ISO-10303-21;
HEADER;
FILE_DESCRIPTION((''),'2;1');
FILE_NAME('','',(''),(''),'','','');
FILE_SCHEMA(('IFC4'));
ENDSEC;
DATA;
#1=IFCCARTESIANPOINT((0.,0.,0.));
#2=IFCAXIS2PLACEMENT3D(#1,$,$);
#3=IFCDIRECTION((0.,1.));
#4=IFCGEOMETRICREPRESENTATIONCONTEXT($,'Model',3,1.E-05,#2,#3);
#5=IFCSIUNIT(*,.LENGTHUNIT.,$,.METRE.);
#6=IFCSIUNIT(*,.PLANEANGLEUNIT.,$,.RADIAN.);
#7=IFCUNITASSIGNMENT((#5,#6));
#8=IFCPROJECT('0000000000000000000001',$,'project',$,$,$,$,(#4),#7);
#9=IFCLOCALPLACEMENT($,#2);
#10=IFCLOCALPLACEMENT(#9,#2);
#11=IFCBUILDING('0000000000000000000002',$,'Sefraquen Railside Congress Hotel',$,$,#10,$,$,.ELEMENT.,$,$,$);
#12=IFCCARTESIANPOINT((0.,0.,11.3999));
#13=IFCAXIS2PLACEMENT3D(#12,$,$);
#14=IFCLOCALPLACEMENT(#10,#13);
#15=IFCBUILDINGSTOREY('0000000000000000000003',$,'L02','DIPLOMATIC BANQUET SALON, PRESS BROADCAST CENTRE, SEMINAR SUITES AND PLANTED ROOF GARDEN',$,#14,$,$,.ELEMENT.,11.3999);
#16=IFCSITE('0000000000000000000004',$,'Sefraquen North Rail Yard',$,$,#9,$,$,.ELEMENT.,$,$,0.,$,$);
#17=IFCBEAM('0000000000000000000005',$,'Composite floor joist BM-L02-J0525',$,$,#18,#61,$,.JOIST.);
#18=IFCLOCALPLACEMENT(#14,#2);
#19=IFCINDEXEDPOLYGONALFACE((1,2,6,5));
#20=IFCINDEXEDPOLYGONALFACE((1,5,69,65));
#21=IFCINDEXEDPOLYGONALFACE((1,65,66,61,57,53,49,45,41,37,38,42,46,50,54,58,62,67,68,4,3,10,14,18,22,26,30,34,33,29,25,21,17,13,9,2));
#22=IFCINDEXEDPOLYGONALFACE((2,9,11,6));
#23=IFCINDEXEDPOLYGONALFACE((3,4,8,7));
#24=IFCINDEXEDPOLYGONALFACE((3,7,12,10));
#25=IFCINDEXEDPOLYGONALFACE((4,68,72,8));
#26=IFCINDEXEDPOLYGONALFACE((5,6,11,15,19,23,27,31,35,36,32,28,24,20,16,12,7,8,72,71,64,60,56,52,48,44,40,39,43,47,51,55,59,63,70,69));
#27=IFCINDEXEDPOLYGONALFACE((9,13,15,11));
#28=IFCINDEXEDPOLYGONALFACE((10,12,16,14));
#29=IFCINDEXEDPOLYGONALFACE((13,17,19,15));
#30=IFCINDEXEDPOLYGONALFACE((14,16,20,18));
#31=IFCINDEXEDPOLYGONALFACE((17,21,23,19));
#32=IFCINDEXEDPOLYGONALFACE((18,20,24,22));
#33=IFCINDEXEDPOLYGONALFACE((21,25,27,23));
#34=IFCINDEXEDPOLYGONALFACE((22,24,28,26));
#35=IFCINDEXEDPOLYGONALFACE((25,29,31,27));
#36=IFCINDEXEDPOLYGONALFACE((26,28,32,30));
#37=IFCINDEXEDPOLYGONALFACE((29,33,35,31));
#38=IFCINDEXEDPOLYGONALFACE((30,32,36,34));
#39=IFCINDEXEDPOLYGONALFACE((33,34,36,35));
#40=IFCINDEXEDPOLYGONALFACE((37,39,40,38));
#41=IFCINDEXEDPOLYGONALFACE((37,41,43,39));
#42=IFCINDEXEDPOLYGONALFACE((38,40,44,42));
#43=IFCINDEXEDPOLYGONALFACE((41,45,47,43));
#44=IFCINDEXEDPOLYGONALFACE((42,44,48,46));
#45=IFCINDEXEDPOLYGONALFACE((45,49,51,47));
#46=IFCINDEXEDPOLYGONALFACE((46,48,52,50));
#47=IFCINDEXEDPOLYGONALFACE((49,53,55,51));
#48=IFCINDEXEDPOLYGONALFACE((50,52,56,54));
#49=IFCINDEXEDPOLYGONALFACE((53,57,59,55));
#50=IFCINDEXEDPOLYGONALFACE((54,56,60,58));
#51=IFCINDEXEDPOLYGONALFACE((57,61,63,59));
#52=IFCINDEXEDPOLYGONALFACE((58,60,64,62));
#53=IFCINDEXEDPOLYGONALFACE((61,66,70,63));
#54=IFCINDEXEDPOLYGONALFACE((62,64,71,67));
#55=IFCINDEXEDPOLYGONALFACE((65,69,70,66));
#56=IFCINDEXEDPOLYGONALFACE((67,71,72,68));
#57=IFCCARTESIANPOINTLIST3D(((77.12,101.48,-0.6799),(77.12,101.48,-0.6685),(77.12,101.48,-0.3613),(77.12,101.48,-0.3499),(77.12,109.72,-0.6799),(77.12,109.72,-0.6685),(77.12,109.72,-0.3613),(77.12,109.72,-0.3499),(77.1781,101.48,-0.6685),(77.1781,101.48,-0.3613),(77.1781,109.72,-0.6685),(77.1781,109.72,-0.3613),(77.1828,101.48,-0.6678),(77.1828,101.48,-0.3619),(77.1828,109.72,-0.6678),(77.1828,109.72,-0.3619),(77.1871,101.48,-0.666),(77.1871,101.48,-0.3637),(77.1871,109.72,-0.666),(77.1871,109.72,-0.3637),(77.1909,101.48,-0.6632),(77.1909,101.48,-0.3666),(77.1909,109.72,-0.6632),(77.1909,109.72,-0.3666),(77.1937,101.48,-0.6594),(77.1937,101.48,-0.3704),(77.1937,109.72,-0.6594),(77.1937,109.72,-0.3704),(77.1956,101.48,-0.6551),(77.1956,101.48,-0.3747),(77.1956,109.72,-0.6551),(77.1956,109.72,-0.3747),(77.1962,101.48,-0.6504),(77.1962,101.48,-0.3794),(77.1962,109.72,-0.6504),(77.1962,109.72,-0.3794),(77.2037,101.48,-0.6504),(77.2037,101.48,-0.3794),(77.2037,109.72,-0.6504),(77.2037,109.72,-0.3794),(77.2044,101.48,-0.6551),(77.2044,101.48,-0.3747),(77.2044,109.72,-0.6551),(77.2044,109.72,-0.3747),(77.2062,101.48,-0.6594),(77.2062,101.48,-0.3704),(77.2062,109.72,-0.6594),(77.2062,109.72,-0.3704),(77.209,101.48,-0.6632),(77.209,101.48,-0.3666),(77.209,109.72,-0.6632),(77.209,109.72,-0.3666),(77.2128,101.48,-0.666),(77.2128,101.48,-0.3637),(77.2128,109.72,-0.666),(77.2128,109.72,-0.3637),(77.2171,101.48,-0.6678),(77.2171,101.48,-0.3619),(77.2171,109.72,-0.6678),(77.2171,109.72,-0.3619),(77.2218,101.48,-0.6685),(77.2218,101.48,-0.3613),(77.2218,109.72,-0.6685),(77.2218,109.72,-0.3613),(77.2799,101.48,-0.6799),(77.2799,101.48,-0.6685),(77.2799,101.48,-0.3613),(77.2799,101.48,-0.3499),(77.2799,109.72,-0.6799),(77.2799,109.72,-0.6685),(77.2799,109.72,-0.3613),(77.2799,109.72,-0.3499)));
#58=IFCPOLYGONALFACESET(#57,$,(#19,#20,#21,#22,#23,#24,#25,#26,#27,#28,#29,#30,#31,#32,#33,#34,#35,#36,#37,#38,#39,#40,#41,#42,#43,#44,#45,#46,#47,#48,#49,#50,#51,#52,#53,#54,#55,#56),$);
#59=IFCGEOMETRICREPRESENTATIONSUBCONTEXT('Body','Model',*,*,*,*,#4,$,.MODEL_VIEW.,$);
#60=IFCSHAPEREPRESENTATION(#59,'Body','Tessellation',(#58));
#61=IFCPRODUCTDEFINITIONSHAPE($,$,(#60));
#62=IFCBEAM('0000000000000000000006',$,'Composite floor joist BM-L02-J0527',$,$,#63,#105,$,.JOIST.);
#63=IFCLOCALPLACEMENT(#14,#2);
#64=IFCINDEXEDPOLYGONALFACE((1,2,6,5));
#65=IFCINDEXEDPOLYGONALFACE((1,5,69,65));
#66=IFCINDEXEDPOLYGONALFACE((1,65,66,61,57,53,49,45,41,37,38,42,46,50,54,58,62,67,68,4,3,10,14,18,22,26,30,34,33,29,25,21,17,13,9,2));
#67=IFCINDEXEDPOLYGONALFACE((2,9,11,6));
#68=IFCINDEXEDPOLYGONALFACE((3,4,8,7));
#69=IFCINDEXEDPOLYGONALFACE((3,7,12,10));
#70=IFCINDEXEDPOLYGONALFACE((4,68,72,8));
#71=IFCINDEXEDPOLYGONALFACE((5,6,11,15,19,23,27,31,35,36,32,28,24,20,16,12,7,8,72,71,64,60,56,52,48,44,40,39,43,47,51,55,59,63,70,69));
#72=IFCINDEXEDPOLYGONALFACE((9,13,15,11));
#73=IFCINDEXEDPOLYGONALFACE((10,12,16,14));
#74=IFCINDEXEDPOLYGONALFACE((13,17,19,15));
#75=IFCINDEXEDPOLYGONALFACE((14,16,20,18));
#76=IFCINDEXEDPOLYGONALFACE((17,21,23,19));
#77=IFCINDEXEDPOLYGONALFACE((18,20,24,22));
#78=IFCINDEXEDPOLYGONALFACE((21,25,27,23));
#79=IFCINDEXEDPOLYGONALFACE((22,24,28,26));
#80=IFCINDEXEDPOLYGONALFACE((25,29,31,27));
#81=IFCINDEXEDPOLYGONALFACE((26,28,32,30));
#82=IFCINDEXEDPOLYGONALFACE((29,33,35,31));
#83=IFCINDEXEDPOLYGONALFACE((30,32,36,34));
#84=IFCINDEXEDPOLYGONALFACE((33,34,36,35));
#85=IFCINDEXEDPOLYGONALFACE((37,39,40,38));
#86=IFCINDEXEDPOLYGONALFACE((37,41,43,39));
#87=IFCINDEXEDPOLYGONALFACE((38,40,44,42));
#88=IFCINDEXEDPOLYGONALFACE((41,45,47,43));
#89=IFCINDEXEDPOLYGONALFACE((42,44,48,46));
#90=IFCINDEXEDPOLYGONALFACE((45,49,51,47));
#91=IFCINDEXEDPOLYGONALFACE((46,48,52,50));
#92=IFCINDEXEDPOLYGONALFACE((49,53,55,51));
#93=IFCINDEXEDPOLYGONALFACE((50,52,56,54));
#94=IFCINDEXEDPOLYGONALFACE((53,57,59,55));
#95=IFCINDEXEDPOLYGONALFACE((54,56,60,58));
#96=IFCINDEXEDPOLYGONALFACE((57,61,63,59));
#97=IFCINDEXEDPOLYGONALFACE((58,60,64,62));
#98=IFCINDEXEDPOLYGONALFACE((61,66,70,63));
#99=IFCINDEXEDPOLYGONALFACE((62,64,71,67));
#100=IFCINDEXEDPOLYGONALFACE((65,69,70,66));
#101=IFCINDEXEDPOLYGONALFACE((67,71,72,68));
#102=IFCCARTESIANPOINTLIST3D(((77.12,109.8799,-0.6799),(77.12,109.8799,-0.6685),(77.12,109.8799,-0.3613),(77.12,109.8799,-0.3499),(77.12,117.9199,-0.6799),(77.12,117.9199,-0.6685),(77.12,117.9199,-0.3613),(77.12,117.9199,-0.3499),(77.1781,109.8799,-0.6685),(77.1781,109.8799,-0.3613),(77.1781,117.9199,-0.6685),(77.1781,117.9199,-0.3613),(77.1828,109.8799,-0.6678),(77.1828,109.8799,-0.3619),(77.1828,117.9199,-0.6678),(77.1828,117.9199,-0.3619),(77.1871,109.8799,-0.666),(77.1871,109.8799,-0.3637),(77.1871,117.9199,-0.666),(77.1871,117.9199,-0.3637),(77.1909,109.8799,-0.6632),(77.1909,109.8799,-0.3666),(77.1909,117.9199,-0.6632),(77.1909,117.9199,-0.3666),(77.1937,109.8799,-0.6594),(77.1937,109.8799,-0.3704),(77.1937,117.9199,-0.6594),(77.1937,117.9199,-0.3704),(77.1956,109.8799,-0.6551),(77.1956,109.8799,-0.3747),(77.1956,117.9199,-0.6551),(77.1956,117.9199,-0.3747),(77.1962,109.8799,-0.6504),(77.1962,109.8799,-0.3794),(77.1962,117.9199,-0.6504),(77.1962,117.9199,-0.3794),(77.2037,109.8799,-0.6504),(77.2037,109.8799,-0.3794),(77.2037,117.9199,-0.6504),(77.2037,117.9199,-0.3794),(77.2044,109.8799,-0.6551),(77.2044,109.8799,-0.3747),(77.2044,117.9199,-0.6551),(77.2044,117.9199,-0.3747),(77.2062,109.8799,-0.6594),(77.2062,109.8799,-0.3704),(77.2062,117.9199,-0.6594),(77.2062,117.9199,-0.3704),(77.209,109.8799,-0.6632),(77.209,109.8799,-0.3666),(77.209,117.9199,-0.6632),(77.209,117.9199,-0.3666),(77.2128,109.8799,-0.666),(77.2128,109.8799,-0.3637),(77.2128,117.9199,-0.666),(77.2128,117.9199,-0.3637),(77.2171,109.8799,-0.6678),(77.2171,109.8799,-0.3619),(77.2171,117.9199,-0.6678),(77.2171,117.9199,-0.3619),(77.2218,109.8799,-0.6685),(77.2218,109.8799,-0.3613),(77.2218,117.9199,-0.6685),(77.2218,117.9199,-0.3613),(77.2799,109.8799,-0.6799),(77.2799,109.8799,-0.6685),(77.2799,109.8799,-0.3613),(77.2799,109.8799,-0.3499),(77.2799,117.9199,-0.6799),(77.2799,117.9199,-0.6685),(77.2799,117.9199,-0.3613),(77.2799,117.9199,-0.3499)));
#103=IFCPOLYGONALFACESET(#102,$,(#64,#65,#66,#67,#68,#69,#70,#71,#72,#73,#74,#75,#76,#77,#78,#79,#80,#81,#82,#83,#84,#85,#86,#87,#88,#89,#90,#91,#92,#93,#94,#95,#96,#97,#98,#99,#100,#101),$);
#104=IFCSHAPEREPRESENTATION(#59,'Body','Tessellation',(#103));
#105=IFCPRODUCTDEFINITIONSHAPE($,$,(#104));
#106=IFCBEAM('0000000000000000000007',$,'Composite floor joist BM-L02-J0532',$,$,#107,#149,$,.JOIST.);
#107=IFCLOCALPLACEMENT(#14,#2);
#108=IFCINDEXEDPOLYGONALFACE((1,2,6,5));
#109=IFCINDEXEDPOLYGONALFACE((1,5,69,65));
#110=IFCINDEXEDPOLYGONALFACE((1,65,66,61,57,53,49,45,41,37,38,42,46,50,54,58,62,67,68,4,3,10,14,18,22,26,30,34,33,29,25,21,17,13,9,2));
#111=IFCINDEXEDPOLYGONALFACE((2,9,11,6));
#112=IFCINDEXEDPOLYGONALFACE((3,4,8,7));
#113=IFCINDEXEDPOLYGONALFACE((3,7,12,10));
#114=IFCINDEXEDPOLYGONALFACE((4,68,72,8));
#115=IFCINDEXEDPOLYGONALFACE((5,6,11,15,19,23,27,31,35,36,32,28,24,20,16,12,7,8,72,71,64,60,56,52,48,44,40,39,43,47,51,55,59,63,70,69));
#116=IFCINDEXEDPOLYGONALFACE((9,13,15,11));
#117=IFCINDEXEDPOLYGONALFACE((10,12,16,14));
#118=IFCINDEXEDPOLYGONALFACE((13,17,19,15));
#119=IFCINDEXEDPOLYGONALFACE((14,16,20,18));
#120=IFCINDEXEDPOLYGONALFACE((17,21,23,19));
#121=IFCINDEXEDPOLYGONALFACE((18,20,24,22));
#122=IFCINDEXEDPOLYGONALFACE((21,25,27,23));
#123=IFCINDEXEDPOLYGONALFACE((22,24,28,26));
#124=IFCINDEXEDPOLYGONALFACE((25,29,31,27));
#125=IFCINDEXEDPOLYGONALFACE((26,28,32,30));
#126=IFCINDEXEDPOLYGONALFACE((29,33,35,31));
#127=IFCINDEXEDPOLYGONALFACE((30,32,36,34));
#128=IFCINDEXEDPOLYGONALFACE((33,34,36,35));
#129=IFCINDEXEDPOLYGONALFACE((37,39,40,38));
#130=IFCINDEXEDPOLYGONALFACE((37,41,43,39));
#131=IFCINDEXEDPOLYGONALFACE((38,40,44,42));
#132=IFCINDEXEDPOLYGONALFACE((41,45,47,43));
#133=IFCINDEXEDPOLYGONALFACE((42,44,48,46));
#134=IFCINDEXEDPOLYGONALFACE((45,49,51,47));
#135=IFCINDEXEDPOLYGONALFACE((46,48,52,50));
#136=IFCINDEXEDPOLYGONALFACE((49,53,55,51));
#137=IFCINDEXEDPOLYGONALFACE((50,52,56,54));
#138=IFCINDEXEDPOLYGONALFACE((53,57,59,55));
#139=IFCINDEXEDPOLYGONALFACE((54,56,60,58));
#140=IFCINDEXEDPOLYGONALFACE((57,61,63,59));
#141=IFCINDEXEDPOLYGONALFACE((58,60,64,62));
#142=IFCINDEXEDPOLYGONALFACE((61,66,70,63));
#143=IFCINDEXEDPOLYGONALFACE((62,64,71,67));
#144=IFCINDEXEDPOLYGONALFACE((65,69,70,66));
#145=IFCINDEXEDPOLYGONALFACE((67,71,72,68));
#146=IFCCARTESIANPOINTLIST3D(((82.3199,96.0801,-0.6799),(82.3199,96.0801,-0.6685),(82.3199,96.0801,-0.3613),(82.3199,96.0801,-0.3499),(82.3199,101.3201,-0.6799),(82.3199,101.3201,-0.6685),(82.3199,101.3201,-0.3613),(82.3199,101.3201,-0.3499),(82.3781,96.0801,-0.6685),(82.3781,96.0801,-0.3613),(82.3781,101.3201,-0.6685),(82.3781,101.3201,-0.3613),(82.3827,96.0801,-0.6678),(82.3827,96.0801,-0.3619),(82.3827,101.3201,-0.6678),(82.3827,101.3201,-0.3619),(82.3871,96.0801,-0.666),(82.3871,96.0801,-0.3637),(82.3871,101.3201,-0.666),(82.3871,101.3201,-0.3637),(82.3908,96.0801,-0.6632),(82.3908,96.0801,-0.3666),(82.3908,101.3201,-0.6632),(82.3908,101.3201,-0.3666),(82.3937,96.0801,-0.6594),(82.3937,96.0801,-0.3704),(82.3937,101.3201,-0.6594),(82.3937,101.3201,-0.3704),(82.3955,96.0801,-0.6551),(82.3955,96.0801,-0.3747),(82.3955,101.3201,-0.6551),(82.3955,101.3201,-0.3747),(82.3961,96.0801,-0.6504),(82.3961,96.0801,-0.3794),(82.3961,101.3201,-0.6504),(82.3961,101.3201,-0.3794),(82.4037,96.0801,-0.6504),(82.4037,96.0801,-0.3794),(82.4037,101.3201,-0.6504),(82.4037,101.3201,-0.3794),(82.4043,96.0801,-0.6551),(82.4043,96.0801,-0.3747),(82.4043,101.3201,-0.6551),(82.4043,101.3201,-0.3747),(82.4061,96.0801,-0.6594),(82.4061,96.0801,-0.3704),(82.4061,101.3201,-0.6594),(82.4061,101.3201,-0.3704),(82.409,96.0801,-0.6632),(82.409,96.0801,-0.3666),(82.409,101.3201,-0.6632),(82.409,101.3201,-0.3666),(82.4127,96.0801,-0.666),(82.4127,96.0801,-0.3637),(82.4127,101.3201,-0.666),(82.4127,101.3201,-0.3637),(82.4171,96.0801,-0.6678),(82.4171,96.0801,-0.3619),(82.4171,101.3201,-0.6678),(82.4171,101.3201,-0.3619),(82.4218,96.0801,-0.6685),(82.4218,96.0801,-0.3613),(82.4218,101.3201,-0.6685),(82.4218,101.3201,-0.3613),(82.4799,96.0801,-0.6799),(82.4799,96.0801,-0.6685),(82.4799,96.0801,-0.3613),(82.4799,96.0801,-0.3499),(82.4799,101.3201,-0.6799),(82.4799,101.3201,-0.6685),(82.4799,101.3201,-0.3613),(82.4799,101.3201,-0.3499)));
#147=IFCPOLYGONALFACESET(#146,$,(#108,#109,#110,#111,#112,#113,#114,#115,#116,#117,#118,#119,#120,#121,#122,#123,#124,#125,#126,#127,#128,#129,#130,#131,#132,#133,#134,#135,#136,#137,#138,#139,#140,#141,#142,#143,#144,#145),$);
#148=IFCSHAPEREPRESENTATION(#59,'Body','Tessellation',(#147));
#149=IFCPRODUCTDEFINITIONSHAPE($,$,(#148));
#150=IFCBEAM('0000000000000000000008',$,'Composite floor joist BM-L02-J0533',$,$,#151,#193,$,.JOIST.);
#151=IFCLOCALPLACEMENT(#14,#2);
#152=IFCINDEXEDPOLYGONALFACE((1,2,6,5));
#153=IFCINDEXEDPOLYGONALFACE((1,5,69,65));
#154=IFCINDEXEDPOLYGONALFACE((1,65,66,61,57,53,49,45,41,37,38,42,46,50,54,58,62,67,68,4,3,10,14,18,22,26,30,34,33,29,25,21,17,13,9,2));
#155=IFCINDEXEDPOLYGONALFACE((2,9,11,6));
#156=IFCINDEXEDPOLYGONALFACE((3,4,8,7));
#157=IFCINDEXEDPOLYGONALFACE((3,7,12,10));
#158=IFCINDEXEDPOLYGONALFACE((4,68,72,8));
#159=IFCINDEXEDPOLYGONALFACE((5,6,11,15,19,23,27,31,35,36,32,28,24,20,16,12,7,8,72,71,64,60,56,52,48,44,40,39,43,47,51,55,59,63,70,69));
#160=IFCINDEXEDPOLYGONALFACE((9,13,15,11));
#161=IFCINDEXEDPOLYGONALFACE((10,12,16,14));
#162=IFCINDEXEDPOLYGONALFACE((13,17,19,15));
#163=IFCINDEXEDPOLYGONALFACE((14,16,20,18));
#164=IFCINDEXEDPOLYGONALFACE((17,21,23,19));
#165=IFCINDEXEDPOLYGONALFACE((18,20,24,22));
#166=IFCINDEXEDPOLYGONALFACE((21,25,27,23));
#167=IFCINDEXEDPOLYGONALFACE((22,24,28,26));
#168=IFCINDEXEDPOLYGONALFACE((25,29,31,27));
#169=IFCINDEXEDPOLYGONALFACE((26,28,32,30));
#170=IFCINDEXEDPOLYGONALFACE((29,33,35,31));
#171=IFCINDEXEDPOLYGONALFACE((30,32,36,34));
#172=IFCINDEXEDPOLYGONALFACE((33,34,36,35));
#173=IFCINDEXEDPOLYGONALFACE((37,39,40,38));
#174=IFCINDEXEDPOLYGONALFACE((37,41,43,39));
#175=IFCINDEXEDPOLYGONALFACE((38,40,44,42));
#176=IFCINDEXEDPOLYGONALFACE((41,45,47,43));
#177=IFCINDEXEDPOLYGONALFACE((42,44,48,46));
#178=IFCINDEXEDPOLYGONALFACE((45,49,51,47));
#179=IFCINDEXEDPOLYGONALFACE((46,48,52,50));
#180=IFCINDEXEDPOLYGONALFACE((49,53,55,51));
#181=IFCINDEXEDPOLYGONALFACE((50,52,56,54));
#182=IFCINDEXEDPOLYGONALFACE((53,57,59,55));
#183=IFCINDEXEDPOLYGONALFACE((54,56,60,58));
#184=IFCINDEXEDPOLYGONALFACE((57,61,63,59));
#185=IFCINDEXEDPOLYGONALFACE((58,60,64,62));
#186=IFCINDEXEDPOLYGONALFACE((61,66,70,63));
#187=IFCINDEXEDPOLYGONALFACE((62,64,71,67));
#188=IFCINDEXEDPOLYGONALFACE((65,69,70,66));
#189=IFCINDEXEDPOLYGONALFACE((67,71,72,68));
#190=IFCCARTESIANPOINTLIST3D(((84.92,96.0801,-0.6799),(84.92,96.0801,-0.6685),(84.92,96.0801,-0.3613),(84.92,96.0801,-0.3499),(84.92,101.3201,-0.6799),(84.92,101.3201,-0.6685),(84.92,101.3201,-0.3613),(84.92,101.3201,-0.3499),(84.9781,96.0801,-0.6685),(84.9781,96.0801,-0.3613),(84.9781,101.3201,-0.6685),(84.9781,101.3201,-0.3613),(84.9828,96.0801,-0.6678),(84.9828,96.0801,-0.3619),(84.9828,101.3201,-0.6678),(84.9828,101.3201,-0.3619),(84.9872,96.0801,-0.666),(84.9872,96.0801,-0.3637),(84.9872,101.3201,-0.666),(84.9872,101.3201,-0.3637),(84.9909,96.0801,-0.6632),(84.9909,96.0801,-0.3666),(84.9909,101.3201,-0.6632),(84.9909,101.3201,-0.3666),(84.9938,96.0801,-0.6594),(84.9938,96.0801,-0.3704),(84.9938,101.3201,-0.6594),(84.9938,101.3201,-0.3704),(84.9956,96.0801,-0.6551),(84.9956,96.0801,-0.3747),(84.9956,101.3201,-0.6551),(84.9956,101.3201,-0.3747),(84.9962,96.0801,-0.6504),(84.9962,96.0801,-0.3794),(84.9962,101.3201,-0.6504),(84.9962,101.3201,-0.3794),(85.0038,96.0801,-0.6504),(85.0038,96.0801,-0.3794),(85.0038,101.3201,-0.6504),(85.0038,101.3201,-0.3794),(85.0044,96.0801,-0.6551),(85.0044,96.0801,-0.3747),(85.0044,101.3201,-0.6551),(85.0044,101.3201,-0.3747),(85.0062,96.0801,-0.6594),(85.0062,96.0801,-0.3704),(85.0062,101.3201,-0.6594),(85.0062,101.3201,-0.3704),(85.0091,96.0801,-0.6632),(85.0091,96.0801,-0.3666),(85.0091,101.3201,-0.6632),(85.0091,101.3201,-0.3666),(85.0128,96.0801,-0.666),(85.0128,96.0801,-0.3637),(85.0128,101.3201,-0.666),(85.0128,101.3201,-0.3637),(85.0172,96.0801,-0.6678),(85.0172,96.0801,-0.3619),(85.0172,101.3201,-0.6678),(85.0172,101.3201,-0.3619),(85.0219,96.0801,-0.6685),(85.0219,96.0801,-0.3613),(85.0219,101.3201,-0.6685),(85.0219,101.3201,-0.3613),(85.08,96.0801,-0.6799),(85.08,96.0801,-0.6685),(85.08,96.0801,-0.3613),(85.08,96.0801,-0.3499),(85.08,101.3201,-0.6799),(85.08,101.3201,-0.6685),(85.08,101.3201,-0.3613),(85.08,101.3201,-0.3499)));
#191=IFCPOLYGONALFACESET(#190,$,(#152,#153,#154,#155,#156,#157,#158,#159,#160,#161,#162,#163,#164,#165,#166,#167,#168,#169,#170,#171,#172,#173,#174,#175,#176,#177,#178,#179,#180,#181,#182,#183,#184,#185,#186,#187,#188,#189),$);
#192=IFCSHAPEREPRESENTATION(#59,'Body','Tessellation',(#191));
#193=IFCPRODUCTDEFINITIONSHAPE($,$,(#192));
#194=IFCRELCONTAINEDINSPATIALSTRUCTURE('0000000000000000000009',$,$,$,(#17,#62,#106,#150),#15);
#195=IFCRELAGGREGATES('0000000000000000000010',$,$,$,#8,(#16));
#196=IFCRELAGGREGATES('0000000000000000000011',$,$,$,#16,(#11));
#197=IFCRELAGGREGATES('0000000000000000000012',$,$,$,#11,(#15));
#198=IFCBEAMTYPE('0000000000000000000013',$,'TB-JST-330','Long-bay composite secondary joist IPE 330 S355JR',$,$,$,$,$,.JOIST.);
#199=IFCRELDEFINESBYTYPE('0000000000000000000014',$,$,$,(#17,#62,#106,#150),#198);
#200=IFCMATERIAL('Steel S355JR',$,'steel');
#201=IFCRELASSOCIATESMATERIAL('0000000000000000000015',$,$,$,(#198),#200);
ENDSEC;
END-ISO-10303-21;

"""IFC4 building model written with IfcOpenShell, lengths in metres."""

from ifc_helpers import new_model, si_unit, direction, frame, origin, origin_2d, place, context, subcontext, project, spatial, i_section, extrude, material, material_profile, profile_set, type_object, element, save


model = new_model("IFC4")

# Units and contexts
model_context = context("Model", 3, precision=1e-05, world=origin(), true_north=direction((0.0, 1.0)))
body_context = subcontext(model_context, "Body", "Model", "MODEL_VIEW")
ifc_project = project(units=[si_unit("LENGTHUNIT", "METRE"), si_unit("PLANEANGLEUNIT", "RADIAN")], contexts=[model_context])

# Site, building, storey
site_placement = place(None, origin())
site = spatial("IfcSite", under=ifc_project, at=site_placement, Name="Sefraquen North Rail Yard", CompositionType="ELEMENT", RefElevation=0.0)
building_placement = place(site_placement, origin())
building = spatial("IfcBuilding", under=site, at=building_placement, Name="Sefraquen Railside Congress Hotel", CompositionType="ELEMENT")
storey_placement = place(building_placement, frame((0.0, 0.0, 11.3999)))
storey = spatial("IfcBuildingStorey", under=building, at=storey_placement, Name="L02", Description="DIPLOMATIC BANQUET SALON, PRESS BROADCAST CENTRE, SEMINAR SUITES AND PLANTED ROOF GARDEN", CompositionType="ELEMENT", Elevation=11.3999)

# Shared definitions
ifc_material_1 = material(Name="Steel S355JR", Category="steel")

# Beams
ifc_material_profile_1 = material_profile(ifc_material_1, i_section(OverallWidth=0.1599, OverallDepth=0.3301, WebThickness=0.0076, FlangeThickness=0.0115, FilletRadius=0.0181, at=origin_2d()), Name="IPE 330")
ifc_profile_set_1 = profile_set([ifc_material_profile_1], Name="Steel S355JR")
beam_type_1 = type_object("IfcBeamType", Name="TB-JST-330", Description="Long-bay composite secondary joist IPE 330 S355JR", PredefinedType="JOIST", material=ifc_profile_set_1)
beam_1_placement = place(storey_placement, frame((77.2, 101.48, -0.5149), z_axis=(0.0, 1.0, 0.0), x_axis=(-1.0, 0.0, 0.0)))
element("IfcBeam", 1, at=beam_1_placement, inside=storey, type_object=beam_type_1, Name="Composite floor joist BM-L02-J0525", PredefinedType="JOIST", context=body_context, shape_type="SweptSolid", body=[
    extrude(i_section(OverallWidth=0.1599, OverallDepth=0.3301, WebThickness=0.0076, FlangeThickness=0.0115, FilletRadius=0.0181, at=origin_2d()), origin(), (0.0, 0.0, 1.0), 8.24),
])
beam_2_placement = place(storey_placement, frame((77.2, 109.8799, -0.5149), z_axis=(0.0, 1.0, 0.0), x_axis=(-1.0, 0.0, 0.0)))
element("IfcBeam", 2, at=beam_2_placement, inside=storey, type_object=beam_type_1, Name="Composite floor joist BM-L02-J0527", PredefinedType="JOIST", context=body_context, shape_type="SweptSolid", body=[
    extrude(i_section(OverallWidth=0.1599, OverallDepth=0.3301, WebThickness=0.0076, FlangeThickness=0.0115, FilletRadius=0.0181, at=origin_2d()), origin(), (0.0, 0.0, 1.0), 8.04),
])
for number, where, z_axis, x_axis, name in (
    (3, (82.3999, 96.0801, -0.5149), (0.0, 1.0, 0.0), (-1.0, 0.0, 0.0), "Composite floor joist BM-L02-J0532"),
    (4, (85.0, 96.0801, -0.5149), (0.0, 1.0, 0.0), (-1.0, 0.0, 0.0), "Composite floor joist BM-L02-J0533"),
):
    element("IfcBeam", number, at=place(storey_placement, frame(where, z_axis=z_axis, x_axis=x_axis)), inside=storey, type_object=beam_type_1, Name=name, PredefinedType="JOIST", context=body_context, shape_type="SweptSolid", body=[
        extrude(i_section(OverallWidth=0.1599, OverallDepth=0.3301, WebThickness=0.0076, FlangeThickness=0.0115, FilletRadius=0.0181, at=origin_2d()), origin(), (0.0, 0.0, 1.0), 5.24),
    ])

save(model, "model.ifc")
